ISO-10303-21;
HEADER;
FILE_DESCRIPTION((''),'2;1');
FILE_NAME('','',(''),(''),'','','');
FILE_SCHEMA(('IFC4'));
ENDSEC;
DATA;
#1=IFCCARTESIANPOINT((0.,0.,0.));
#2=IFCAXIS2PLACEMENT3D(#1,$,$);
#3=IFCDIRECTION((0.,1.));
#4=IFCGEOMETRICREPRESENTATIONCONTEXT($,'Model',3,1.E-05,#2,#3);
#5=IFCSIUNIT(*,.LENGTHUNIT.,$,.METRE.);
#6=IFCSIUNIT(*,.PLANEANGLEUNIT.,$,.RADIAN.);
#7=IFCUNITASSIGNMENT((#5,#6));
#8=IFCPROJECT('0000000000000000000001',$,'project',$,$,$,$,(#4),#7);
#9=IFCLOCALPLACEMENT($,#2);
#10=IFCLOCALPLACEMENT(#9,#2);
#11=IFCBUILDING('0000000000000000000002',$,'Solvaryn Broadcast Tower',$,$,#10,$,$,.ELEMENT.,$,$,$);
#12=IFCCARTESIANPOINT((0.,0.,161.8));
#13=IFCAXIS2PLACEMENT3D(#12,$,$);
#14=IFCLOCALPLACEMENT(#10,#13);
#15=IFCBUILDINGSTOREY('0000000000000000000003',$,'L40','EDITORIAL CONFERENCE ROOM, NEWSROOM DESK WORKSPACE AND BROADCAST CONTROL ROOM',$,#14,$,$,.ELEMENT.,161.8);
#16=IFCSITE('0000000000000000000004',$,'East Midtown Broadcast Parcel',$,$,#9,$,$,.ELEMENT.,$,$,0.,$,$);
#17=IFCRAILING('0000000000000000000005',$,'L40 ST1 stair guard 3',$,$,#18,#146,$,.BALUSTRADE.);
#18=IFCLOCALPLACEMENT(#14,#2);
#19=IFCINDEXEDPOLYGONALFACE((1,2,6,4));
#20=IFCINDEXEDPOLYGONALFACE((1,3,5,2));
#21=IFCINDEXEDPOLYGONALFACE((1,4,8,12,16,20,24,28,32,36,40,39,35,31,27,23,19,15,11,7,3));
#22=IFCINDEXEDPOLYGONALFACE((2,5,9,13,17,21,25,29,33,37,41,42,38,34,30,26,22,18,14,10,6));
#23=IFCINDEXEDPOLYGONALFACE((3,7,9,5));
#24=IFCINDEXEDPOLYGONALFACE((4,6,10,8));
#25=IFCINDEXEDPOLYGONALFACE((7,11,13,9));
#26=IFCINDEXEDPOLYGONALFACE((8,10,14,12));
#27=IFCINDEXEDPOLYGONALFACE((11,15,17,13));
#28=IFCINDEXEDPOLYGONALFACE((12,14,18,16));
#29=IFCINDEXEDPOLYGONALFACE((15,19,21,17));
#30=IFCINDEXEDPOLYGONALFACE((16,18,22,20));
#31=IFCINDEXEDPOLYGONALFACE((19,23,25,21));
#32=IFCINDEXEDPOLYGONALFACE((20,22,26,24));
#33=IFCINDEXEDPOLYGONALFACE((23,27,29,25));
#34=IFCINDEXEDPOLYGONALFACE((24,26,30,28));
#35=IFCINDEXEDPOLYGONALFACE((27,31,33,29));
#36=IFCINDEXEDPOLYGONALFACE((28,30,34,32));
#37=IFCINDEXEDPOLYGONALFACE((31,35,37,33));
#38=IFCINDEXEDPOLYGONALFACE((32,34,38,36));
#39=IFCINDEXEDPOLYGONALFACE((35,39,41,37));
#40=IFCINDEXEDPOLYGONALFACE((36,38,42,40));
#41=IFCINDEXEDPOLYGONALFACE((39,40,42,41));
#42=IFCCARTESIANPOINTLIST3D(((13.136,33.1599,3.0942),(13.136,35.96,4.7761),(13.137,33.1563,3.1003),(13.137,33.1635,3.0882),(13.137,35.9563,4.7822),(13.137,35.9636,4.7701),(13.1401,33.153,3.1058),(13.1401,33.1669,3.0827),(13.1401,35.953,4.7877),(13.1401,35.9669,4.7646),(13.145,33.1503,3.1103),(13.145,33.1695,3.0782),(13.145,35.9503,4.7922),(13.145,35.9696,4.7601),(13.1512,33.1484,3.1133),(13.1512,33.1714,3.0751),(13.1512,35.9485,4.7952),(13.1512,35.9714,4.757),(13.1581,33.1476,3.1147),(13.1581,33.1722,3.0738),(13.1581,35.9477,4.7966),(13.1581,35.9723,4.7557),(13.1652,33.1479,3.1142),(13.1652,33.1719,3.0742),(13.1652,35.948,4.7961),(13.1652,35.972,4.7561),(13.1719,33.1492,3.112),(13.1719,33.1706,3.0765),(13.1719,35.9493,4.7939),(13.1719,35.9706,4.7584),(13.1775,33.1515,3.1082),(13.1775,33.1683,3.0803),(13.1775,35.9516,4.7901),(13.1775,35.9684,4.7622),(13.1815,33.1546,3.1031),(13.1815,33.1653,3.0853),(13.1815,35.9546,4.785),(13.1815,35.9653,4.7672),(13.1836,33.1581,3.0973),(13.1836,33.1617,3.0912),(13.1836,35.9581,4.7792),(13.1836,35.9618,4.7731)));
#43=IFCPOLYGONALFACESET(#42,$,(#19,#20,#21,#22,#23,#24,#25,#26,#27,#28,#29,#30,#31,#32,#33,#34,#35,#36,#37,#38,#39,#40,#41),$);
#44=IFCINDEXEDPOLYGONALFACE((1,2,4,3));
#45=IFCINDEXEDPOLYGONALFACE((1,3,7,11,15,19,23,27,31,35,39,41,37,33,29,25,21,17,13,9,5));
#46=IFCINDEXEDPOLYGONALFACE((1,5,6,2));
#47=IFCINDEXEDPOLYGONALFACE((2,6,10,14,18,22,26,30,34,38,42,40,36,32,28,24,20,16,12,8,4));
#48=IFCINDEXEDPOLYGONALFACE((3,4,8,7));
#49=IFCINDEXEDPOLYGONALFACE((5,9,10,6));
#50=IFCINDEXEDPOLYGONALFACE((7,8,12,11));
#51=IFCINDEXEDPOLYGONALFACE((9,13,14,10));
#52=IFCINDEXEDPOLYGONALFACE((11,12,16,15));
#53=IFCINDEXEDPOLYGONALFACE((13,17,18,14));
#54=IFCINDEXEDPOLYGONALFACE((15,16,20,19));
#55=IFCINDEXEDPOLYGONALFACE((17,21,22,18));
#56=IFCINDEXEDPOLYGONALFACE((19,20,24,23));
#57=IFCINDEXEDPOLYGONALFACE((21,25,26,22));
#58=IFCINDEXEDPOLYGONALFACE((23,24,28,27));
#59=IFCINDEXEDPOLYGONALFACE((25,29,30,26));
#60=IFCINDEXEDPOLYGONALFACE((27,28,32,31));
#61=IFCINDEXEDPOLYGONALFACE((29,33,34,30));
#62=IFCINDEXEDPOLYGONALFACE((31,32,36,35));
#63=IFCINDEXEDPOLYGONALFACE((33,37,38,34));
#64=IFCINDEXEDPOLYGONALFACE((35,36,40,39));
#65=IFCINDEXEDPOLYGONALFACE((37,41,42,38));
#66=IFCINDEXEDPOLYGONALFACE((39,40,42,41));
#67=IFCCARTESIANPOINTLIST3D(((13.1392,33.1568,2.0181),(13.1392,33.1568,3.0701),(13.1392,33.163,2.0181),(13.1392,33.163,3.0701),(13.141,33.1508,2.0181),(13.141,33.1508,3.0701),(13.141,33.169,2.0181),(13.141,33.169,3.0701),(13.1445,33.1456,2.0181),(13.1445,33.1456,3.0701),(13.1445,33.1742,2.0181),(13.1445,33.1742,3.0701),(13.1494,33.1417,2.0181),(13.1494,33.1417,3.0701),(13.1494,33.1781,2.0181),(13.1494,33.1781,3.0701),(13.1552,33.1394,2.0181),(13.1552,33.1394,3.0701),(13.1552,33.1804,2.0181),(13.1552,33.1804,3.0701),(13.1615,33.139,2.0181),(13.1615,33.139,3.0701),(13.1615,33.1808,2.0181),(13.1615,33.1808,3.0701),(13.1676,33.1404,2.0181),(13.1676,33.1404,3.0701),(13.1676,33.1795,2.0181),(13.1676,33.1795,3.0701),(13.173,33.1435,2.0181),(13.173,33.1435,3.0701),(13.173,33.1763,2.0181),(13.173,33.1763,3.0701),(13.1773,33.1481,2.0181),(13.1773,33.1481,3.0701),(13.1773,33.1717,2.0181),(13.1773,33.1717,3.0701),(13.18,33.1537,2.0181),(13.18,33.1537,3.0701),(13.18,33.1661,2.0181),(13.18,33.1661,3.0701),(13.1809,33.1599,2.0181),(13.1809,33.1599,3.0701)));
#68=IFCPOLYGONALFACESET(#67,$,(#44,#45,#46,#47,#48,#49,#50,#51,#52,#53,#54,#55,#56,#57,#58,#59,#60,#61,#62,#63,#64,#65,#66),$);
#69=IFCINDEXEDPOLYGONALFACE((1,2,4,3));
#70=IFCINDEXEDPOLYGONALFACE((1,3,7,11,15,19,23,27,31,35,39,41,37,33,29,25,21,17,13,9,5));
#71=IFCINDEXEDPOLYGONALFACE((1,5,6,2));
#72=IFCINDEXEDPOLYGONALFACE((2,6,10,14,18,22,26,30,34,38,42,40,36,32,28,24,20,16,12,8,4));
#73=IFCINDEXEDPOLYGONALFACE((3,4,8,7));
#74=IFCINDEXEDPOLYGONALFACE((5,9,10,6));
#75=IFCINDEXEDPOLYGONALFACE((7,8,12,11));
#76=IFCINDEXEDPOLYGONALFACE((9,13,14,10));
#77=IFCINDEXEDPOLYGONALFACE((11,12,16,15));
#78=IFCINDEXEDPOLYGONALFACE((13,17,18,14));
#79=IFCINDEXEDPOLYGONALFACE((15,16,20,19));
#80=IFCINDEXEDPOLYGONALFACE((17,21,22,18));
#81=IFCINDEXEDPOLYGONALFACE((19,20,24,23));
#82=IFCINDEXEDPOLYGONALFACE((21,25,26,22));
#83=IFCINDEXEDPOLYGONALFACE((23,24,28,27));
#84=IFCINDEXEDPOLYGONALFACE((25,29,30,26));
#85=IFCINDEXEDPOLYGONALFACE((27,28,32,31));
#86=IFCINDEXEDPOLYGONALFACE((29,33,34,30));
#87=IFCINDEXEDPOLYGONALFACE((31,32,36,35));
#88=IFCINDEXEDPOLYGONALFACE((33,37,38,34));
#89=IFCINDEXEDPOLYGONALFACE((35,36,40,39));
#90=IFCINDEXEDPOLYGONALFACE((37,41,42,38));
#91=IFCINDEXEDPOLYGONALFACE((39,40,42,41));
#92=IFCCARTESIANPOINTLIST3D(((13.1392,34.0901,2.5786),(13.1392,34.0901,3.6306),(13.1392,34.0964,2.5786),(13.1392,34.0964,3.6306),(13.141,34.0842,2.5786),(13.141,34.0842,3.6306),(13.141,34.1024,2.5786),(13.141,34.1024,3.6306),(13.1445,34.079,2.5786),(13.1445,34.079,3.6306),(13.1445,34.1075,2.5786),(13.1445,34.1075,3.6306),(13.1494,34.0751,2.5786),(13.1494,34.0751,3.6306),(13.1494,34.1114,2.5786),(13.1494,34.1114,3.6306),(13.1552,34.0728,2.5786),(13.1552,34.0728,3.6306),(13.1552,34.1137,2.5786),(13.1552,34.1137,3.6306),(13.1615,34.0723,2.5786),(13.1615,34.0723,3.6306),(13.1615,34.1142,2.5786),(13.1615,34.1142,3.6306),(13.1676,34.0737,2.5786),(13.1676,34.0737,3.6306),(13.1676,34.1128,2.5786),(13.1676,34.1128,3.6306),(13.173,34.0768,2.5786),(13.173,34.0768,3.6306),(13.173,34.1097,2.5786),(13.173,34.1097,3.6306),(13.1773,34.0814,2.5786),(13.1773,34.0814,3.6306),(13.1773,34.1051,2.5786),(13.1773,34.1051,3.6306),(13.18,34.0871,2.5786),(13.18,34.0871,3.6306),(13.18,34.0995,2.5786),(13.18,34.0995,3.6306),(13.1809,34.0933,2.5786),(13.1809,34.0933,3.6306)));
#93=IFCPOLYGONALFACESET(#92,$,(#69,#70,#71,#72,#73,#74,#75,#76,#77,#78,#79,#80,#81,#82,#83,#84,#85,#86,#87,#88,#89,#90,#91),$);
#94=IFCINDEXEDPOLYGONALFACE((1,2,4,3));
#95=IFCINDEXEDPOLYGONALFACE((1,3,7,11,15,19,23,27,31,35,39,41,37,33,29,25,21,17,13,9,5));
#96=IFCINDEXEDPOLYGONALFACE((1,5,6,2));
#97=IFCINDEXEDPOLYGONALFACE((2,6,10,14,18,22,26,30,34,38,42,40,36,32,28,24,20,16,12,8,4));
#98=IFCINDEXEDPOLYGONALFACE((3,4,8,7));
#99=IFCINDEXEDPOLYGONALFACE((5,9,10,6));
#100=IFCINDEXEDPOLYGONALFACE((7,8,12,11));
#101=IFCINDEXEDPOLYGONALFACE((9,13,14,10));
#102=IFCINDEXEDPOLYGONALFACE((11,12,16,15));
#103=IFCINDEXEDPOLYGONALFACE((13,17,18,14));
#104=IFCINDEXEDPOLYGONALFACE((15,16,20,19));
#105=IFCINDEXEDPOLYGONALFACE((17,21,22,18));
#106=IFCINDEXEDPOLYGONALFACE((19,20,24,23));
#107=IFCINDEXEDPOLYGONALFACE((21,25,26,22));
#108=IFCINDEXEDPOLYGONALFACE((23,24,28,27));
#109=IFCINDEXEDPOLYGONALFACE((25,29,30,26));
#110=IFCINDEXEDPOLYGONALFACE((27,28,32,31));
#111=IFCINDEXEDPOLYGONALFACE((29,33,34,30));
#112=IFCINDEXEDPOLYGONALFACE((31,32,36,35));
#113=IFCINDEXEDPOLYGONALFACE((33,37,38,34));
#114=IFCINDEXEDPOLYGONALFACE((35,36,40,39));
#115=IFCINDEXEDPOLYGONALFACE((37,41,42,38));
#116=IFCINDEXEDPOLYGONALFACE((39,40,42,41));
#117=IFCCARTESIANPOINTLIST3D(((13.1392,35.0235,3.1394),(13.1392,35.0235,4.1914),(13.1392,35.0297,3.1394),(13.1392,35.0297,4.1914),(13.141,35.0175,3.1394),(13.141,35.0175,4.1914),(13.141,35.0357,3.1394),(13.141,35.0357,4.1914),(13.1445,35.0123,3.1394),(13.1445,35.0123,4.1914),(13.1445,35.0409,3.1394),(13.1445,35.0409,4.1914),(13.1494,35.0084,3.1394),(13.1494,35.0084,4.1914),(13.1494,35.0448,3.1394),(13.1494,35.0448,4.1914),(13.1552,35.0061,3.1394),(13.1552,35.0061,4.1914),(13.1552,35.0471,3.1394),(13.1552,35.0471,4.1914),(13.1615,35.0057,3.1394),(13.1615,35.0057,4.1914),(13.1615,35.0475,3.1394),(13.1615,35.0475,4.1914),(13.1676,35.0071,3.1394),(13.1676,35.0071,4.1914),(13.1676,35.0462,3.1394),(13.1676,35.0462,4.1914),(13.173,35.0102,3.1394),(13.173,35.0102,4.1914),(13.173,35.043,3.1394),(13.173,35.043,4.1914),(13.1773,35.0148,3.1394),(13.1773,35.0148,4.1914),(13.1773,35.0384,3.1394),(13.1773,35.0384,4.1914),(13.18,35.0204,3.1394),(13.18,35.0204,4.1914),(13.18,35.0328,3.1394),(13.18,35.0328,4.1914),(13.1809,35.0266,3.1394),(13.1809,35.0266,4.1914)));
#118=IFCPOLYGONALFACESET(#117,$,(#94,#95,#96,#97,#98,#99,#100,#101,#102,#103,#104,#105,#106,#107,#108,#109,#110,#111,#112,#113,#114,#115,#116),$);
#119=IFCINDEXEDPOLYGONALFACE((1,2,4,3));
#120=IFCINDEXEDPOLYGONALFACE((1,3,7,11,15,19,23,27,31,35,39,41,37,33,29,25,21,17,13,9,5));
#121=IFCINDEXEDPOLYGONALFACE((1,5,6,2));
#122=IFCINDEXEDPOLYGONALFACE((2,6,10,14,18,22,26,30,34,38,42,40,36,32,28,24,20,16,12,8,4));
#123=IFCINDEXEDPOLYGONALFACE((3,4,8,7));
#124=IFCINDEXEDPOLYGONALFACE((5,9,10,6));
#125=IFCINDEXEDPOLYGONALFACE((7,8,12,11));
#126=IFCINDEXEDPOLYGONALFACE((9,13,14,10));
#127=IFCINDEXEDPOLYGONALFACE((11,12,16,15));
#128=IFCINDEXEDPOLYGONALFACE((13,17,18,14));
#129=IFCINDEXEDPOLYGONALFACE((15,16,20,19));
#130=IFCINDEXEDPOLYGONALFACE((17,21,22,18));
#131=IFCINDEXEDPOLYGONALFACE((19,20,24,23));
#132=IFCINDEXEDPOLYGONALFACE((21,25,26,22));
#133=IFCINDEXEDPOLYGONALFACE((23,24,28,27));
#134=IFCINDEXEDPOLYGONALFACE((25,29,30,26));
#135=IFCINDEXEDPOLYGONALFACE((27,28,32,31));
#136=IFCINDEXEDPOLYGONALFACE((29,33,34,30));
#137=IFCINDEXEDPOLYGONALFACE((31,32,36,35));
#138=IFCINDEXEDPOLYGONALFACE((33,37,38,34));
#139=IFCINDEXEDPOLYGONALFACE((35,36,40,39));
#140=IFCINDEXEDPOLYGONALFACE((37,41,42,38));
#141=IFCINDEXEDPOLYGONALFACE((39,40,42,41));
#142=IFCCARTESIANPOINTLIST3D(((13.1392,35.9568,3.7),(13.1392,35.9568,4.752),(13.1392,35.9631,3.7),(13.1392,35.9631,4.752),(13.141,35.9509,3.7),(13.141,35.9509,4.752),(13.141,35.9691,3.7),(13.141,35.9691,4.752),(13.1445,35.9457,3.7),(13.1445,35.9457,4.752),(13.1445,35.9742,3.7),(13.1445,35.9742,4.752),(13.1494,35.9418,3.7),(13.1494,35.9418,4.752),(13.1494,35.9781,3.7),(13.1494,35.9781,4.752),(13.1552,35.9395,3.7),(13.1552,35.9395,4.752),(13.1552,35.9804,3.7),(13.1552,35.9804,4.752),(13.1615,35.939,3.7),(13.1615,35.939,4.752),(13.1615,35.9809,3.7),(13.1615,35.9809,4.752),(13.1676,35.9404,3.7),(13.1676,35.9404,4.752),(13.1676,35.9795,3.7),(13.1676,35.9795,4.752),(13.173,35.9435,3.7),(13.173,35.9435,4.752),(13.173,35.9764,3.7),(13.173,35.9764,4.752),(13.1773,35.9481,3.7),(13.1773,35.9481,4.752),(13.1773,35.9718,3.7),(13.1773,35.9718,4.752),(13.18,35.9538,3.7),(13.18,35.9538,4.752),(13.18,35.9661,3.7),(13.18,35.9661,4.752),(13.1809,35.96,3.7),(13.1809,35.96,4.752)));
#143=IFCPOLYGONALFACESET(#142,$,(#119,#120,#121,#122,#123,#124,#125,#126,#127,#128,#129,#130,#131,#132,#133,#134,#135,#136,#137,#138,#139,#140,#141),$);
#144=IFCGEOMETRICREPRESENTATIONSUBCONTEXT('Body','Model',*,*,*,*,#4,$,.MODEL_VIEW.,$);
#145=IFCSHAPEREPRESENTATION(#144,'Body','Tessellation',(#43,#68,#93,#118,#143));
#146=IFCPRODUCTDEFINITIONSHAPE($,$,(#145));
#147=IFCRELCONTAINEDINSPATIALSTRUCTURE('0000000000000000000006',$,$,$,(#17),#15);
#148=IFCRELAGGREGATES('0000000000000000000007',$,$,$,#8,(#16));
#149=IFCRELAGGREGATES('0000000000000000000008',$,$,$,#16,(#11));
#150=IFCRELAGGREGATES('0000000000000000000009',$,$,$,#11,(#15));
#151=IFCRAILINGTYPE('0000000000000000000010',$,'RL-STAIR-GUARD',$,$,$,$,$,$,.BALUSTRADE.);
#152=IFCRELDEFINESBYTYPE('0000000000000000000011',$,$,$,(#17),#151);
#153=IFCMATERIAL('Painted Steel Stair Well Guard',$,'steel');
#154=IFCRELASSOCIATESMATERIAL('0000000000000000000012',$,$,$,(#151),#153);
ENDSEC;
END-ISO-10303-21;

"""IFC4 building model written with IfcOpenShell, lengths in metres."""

from ifc_helpers import new_model, si_unit, direction, frame, origin, origin_2d, place, context, subcontext, project, spatial, circle, extrude, material, type_object, element, save


model = new_model("IFC4")

# Units and contexts
model_context = context("Model", 3, precision=1e-05, world=origin(), true_north=direction((0.0, 1.0)))
body_context = subcontext(model_context, "Body", "Model", "MODEL_VIEW")
ifc_project = project(units=[si_unit("LENGTHUNIT", "METRE"), si_unit("PLANEANGLEUNIT", "RADIAN")], contexts=[model_context])

# Site, building, storey
site_placement = place(None, origin())
site = spatial("IfcSite", under=ifc_project, at=site_placement, Name="East Midtown Broadcast Parcel", CompositionType="ELEMENT", RefElevation=0.0)
building_placement = place(site_placement, origin())
building = spatial("IfcBuilding", under=site, at=building_placement, Name="Solvaryn Broadcast Tower", CompositionType="ELEMENT")
storey_placement = place(building_placement, frame((0.0, 0.0, 161.8)))
storey = spatial("IfcBuildingStorey", under=building, at=storey_placement, Name="L40", Description="EDITORIAL CONFERENCE ROOM, NEWSROOM DESK WORKSPACE AND BROADCAST CONTROL ROOM", CompositionType="ELEMENT", Elevation=161.8)

# Railing
ifc_material_1 = material(Name="Painted Steel Stair Well Guard", Category="steel")
railing_type_1 = type_object("IfcRailingType", Name="RL-STAIR-GUARD", PredefinedType="BALUSTRADE", material=ifc_material_1)
railing_1_placement = place(storey_placement, frame((13.1599, 33.1599, 2.0181)))
element("IfcRailing", 1, at=railing_1_placement, inside=storey, type_object=railing_type_1, Name="L40 ST1 stair guard 3", PredefinedType="BALUSTRADE", context=body_context, shape_type="SweptSolid", body=[
    extrude(circle(Radius=0.0239, at=origin_2d()), frame((0.0, 0.0, 1.0762), z_axis=(0.0, 0.857242, 0.514913), x_axis=(-1.0, 0.0, 0.0)), (0.0, 0.0, 1.0), 3.2664),
    extrude(circle(Radius=0.021, at=origin_2d()), origin(), (0.0, 0.0, 1.0), 1.052),
    extrude(circle(Radius=0.021, at=origin_2d()), frame((0.0, 0.9333, 0.5605)), (0.0, 0.0, 1.0), 1.052),
    extrude(circle(Radius=0.021, at=origin_2d()), frame((0.0, 1.8667, 1.1213)), (0.0, 0.0, 1.0), 1.052),
    extrude(circle(Radius=0.021, at=origin_2d()), frame((0.0, 2.8, 1.6819)), (0.0, 0.0, 1.0), 1.052),
])

save(model, "model.ifc")
